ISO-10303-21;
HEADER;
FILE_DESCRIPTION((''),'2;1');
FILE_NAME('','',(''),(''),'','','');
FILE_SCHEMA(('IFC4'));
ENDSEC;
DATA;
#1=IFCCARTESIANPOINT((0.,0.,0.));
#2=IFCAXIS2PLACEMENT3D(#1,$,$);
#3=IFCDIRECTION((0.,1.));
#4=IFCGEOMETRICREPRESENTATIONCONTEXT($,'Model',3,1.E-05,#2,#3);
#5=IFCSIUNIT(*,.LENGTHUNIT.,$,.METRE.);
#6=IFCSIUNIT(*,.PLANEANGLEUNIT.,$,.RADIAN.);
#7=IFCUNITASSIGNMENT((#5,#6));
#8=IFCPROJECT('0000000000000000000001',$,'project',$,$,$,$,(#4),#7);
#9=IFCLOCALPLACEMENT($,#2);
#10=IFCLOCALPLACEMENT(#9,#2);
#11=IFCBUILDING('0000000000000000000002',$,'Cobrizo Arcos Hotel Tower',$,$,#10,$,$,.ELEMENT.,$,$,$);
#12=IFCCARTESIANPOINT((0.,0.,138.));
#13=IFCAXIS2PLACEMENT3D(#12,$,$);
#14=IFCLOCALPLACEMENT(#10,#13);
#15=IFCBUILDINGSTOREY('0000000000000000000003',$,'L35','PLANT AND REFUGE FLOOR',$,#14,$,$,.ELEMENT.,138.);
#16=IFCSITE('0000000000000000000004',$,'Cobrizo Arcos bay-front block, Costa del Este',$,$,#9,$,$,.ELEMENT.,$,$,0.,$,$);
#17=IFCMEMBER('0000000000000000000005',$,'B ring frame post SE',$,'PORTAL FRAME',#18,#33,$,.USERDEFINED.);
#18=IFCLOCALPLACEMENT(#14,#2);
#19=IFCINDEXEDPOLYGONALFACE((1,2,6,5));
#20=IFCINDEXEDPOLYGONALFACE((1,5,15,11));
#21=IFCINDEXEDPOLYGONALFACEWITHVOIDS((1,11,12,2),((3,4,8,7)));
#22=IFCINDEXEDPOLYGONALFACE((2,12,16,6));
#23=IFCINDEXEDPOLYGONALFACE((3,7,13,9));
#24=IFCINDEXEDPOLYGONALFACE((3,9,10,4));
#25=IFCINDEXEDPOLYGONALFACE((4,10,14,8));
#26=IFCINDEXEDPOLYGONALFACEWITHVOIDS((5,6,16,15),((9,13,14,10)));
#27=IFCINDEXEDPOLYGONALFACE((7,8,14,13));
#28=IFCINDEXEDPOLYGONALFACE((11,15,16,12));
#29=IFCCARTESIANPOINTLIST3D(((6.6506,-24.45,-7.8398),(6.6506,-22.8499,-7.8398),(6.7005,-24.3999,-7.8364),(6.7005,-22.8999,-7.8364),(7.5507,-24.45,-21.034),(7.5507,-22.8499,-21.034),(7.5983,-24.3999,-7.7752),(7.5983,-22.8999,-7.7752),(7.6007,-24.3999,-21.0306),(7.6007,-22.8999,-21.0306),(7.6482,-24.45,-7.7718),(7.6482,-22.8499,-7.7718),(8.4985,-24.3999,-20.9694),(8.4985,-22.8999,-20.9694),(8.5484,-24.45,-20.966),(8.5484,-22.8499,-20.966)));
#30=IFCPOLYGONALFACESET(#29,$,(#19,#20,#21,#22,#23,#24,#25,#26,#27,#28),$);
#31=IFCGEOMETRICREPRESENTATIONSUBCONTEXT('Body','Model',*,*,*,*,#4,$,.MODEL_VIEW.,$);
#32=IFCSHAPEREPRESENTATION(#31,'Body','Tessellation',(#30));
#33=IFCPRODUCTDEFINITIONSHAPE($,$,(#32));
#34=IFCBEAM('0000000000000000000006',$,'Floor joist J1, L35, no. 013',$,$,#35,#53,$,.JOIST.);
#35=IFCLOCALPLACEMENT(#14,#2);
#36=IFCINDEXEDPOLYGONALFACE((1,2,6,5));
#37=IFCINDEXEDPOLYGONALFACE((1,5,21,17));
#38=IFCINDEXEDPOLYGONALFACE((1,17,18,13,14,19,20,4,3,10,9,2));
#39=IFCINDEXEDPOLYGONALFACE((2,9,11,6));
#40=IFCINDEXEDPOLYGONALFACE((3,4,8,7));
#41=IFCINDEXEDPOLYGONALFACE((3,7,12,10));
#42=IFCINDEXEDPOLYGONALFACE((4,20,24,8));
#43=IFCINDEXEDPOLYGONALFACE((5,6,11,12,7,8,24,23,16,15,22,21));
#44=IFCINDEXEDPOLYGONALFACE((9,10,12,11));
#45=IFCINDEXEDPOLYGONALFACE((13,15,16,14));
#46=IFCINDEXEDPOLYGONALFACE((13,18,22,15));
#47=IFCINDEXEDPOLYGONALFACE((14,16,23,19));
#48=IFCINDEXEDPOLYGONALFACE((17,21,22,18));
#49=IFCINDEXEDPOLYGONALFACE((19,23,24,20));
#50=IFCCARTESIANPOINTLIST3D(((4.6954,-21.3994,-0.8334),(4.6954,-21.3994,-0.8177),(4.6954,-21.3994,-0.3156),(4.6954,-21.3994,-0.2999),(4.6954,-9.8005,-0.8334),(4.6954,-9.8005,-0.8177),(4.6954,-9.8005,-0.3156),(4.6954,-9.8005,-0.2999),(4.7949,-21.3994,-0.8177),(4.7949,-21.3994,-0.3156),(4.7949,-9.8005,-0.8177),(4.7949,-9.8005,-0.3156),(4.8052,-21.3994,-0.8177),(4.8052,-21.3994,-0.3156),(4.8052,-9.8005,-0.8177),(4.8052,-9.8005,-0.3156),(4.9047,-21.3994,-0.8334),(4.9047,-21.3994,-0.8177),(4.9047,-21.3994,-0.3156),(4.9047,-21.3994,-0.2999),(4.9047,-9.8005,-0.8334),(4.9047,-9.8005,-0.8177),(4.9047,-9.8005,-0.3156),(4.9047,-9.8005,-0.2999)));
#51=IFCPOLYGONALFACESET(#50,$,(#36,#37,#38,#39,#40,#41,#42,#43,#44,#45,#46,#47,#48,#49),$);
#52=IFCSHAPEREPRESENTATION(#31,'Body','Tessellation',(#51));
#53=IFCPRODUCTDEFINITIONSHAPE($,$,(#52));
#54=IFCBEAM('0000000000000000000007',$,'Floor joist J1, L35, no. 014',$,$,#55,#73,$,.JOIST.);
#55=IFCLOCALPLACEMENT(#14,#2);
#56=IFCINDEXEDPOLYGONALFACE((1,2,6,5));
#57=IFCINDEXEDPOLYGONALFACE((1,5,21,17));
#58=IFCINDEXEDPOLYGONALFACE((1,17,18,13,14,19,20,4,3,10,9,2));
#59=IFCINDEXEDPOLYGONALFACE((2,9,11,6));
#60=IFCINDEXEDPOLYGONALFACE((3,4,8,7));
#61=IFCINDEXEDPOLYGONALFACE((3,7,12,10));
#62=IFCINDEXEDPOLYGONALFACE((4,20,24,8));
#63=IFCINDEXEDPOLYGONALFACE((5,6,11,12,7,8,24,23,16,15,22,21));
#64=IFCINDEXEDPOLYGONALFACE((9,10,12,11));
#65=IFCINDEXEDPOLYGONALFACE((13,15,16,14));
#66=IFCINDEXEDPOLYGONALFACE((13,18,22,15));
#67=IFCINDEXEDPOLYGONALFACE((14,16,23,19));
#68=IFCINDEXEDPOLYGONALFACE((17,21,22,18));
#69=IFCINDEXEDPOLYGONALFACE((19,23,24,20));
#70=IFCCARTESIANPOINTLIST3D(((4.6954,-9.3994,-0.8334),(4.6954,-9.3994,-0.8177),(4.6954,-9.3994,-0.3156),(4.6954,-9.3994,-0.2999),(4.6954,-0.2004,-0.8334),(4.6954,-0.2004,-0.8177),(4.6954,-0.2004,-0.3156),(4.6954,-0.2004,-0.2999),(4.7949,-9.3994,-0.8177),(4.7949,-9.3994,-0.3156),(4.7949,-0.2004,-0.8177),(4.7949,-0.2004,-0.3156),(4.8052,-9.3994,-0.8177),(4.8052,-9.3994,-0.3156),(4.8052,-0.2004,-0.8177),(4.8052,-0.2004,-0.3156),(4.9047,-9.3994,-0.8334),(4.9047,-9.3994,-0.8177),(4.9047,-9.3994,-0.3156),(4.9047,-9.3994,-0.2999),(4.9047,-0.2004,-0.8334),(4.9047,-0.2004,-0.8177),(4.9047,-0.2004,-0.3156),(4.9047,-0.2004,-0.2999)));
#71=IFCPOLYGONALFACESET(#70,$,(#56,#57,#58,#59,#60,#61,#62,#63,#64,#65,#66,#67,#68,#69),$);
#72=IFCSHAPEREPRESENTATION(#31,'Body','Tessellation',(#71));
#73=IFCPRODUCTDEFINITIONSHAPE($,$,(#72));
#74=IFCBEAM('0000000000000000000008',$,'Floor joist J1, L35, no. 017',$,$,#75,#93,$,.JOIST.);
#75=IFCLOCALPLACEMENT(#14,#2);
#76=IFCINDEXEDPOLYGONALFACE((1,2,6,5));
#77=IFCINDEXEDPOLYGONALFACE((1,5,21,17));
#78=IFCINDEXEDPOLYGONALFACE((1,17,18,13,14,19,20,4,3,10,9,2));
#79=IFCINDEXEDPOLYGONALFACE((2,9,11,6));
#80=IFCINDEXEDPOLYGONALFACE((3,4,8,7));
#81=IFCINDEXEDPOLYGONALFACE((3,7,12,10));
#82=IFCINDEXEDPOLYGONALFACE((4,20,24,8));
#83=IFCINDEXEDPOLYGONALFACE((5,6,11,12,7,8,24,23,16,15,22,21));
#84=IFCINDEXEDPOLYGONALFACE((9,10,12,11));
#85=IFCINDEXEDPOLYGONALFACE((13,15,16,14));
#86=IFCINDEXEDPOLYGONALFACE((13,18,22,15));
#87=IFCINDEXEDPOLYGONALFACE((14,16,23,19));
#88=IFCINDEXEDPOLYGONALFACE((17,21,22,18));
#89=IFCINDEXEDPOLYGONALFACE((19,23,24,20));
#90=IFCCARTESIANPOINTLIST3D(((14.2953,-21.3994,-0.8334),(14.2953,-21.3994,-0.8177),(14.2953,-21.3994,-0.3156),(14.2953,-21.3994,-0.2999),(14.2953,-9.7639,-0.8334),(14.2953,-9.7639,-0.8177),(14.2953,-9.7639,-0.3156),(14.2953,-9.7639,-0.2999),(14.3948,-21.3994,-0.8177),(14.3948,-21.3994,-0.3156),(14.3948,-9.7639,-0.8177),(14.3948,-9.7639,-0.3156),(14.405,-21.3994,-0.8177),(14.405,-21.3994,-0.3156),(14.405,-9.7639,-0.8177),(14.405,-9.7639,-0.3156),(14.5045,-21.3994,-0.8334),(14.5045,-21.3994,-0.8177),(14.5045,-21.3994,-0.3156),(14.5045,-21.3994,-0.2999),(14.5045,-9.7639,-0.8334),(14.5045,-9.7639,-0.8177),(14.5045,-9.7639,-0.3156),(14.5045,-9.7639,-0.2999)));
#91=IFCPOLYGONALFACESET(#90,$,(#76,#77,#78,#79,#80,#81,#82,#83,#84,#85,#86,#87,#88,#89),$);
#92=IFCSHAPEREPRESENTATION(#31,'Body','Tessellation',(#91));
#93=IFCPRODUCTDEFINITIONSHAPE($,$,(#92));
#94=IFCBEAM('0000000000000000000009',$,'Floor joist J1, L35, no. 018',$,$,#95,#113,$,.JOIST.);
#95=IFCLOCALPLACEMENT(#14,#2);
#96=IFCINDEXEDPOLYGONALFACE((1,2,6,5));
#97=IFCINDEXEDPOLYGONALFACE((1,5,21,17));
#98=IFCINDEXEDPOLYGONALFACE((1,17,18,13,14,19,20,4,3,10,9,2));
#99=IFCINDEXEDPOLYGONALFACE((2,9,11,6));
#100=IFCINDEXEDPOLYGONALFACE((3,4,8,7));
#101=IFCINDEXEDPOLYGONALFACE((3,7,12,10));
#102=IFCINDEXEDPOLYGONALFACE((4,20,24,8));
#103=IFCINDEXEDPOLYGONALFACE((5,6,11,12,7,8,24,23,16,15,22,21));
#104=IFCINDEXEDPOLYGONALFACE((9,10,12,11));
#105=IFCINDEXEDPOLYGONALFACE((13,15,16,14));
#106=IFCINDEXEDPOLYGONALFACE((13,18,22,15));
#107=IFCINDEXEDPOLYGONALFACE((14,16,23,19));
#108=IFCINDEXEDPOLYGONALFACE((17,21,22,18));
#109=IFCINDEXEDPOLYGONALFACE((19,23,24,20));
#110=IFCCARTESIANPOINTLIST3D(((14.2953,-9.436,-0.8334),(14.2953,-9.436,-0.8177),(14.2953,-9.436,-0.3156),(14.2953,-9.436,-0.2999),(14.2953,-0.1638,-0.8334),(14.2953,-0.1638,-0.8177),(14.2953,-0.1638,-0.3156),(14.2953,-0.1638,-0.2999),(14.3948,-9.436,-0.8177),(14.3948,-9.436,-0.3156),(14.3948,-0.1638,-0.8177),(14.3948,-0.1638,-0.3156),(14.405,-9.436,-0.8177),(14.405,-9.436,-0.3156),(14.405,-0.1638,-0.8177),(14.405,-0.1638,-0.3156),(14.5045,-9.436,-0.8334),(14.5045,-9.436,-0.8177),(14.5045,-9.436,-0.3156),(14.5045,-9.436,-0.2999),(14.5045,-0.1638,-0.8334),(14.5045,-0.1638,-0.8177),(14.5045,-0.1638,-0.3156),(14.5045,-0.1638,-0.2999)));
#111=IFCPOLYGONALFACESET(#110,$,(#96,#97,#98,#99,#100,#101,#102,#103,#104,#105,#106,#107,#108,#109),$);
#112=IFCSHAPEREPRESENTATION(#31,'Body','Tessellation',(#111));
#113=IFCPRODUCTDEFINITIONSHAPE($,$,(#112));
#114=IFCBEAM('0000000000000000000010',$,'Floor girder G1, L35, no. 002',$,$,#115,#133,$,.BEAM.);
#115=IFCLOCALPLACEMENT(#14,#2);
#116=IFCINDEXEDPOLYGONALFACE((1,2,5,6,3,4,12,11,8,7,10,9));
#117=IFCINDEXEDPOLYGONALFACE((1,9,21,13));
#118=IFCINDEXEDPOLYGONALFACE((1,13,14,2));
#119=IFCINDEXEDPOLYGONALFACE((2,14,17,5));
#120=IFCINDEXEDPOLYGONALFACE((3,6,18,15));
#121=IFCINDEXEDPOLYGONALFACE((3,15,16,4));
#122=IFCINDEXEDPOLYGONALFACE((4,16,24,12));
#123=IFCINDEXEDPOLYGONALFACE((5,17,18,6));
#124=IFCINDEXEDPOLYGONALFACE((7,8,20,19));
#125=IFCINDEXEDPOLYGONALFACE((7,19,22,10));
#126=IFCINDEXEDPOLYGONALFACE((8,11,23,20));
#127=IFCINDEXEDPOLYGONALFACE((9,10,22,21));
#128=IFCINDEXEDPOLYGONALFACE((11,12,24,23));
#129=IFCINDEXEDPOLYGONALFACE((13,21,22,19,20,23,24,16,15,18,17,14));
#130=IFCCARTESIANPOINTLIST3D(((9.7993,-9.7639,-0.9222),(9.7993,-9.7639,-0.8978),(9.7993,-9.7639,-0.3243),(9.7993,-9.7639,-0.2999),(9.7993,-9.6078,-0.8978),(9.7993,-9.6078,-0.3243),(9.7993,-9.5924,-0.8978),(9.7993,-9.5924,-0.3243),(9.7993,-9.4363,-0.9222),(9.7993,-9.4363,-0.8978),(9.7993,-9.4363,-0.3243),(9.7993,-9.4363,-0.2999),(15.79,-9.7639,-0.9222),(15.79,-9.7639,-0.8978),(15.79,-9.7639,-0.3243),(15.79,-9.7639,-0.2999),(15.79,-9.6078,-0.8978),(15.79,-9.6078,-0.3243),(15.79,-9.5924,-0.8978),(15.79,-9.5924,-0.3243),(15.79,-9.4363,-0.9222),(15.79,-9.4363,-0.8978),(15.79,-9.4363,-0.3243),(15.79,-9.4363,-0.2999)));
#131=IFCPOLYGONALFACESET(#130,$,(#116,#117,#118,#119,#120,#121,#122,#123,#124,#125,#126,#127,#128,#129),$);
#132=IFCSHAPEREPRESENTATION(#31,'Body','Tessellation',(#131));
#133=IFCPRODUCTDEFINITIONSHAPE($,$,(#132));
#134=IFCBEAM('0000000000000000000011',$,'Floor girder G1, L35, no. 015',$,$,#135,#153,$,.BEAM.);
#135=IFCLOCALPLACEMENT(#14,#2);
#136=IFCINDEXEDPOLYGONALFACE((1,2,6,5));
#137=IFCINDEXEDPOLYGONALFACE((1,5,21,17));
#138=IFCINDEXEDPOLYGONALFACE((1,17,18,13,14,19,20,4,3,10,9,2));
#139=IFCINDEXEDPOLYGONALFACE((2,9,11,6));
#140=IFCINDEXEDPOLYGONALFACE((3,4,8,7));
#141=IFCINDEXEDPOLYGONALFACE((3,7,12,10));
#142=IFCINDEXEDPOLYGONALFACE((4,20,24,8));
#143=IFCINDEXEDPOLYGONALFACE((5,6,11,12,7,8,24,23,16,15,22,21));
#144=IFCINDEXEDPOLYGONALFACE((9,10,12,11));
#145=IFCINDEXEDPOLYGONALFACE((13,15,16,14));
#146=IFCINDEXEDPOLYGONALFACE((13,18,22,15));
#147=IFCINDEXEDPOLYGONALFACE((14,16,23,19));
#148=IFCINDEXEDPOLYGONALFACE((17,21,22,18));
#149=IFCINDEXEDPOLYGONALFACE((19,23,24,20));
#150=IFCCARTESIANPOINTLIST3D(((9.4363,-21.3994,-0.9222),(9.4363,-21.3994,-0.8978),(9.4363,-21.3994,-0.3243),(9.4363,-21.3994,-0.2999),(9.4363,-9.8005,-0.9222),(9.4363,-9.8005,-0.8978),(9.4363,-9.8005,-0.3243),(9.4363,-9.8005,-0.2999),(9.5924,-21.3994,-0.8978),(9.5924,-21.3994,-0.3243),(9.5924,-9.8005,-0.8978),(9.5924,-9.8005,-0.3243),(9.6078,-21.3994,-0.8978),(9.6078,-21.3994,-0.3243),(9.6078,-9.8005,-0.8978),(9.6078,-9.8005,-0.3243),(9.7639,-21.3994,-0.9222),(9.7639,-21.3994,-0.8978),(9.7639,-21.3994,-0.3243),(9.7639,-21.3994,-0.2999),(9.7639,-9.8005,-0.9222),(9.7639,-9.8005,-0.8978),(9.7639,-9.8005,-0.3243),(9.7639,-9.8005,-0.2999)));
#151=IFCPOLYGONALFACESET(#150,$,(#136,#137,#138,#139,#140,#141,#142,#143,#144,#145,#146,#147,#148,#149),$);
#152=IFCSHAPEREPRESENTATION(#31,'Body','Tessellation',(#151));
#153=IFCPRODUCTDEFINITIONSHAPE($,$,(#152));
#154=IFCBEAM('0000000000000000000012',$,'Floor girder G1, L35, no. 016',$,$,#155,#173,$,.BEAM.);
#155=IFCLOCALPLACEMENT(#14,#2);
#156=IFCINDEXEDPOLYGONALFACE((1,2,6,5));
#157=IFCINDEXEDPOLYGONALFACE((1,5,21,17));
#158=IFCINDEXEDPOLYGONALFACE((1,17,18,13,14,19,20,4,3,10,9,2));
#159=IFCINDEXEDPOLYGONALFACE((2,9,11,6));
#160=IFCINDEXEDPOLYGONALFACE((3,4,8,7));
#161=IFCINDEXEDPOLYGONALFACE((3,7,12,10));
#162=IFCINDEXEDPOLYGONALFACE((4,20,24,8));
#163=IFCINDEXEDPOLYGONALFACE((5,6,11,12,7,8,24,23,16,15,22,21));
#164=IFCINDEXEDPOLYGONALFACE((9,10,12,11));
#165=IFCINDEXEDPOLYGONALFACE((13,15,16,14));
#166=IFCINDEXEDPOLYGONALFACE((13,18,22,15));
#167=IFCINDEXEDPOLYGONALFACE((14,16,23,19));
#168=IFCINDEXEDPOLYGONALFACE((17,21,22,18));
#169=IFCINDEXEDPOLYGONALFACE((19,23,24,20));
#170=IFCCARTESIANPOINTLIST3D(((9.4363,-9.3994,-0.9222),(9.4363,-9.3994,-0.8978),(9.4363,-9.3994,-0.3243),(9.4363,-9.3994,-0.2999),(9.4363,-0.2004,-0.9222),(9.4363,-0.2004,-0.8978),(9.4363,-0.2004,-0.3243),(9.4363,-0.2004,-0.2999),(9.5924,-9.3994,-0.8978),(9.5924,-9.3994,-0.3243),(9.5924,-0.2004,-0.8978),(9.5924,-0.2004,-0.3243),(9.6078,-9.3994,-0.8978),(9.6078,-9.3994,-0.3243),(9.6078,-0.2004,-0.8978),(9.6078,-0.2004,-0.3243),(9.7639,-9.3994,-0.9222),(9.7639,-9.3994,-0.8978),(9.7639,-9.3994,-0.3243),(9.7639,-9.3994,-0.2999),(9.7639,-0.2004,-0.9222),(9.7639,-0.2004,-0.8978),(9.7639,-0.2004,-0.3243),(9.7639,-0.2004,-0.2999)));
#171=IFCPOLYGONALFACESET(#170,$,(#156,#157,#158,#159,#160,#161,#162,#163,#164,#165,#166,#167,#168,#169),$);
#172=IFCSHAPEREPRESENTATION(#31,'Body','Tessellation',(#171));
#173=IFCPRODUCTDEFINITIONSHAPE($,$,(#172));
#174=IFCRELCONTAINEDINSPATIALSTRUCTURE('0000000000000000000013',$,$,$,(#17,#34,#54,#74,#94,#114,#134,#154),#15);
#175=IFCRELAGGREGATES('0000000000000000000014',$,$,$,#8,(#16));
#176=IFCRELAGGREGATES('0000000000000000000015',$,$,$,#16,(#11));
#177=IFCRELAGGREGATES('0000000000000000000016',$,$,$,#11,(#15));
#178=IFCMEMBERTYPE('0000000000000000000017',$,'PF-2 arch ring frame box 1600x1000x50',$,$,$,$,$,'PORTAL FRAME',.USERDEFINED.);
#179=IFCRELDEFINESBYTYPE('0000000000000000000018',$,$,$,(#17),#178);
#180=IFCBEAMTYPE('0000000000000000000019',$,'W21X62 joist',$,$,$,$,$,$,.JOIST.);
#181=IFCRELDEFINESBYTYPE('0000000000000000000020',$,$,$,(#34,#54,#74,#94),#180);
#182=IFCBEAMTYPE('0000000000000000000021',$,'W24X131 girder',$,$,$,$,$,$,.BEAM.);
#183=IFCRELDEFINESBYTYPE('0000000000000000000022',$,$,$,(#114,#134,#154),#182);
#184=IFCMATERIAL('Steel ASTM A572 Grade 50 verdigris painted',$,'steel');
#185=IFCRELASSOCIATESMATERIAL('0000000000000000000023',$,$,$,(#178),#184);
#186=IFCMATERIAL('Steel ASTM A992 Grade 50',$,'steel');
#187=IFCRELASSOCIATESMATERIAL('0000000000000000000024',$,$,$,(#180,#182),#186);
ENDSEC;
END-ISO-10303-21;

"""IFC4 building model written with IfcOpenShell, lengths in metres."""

from ifc_helpers import new_model, si_unit, direction, frame, origin, origin_2d, place, context, subcontext, project, spatial, hollow_rectangle, i_section, extrude, material, material_profile, profile_set, type_object, element, save


model = new_model("IFC4")

# Units and contexts
model_context = context("Model", 3, precision=1e-05, world=origin(), true_north=direction((0.0, 1.0)))
body_context = subcontext(model_context, "Body", "Model", "MODEL_VIEW")
ifc_project = project(units=[si_unit("LENGTHUNIT", "METRE"), si_unit("PLANEANGLEUNIT", "RADIAN")], contexts=[model_context])

# Site, building, storey
site_placement = place(None, origin())
site = spatial("IfcSite", under=ifc_project, at=site_placement, Name="Cobrizo Arcos bay-front block, Costa del Este", CompositionType="ELEMENT", RefElevation=0.0)
building_placement = place(site_placement, origin())
building = spatial("IfcBuilding", under=site, at=building_placement, Name="Cobrizo Arcos Hotel Tower", CompositionType="ELEMENT")
storey_placement = place(building_placement, frame((0.0, 0.0, 138.0)))
storey = spatial("IfcBuildingStorey", under=building, at=storey_placement, Name="L35", Description="PLANT AND REFUGE FLOOR", CompositionType="ELEMENT", Elevation=138.0)

# Member
ifc_material_1 = material(Name="Steel ASTM A572 Grade 50 verdigris painted", Category="steel")
ifc_material_profile_1 = material_profile(ifc_material_1, hollow_rectangle(XDim=1.6001, YDim=1.0, WallThickness=0.05, at=origin_2d()), Name="PF-2 arch ring frame box 1600x1000x50")
ifc_profile_set_1 = profile_set([ifc_material_profile_1], Name="Steel ASTM A572 Grade 50 verdigris painted")
member_type_1 = type_object("IfcMemberType", Name="PF-2 arch ring frame box 1600x1000x50", ElementType="PORTAL FRAME", PredefinedType="USERDEFINED", material=ifc_profile_set_1)
member_1_placement = place(storey_placement, frame((8.0496, -23.6499, -21.0), z_axis=(-0.068065, 0.0, 0.997681), x_axis=(0.0, -1.0, 0.0)))
element("IfcMember", 1, at=member_1_placement, inside=storey, type_object=member_type_1, Name="B ring frame post SE", ObjectType="PORTAL FRAME", PredefinedType="USERDEFINED", context=body_context, shape_type="SweptSolid", body=[
    extrude(hollow_rectangle(XDim=1.6001, YDim=1.0, WallThickness=0.05, at=origin_2d()), origin(), (0.0, 0.0, 1.0), 13.2249),
])

# Beams
ifc_material_2 = material(Name="Steel ASTM A992 Grade 50", Category="steel")
ifc_material_profile_2 = material_profile(ifc_material_2, i_section(OverallWidth=0.2092, OverallDepth=0.5334, WebThickness=0.0103, FlangeThickness=0.0156, at=origin_2d()), Name="W21X62")
ifc_profile_set_2 = profile_set([ifc_material_profile_2], Name="Steel ASTM A992 Grade 50")
beam_type_1 = type_object("IfcBeamType", Name="W21X62 joist", PredefinedType="JOIST", material=ifc_profile_set_2)
beam_1_placement = place(storey_placement, frame((4.8, -21.3994, -0.5667), z_axis=(0.0, 1.0, 0.0), x_axis=(-1.0, 0.0, 0.0)))
element("IfcBeam", 2, at=beam_1_placement, inside=storey, type_object=beam_type_1, Name="Floor joist J1, L35, no. 013", PredefinedType="JOIST", context=body_context, shape_type="SweptSolid", body=[
    extrude(i_section(OverallWidth=0.2092, OverallDepth=0.5334, WebThickness=0.0103, FlangeThickness=0.0156, at=origin_2d()), origin(), (0.0, 0.0, 1.0), 11.5989),
])
beam_2_placement = place(storey_placement, frame((4.8, -9.3994, -0.5667), z_axis=(0.0, 1.0, 0.0), x_axis=(-1.0, 0.0, 0.0)))
element("IfcBeam", 3, at=beam_2_placement, inside=storey, type_object=beam_type_1, Name="Floor joist J1, L35, no. 014", PredefinedType="JOIST", context=body_context, shape_type="SweptSolid", body=[
    extrude(i_section(OverallWidth=0.2092, OverallDepth=0.5334, WebThickness=0.0103, FlangeThickness=0.0156, at=origin_2d()), origin(), (0.0, 0.0, 1.0), 9.199),
])
beam_3_placement = place(storey_placement, frame((14.3999, -21.3994, -0.5667), z_axis=(0.0, 1.0, 0.0), x_axis=(-1.0, 0.0, 0.0)))
element("IfcBeam", 4, at=beam_3_placement, inside=storey, type_object=beam_type_1, Name="Floor joist J1, L35, no. 017", PredefinedType="JOIST", context=body_context, shape_type="SweptSolid", body=[
    extrude(i_section(OverallWidth=0.2092, OverallDepth=0.5334, WebThickness=0.0103, FlangeThickness=0.0156, at=origin_2d()), origin(), (0.0, 0.0, 1.0), 11.6355),
])
beam_4_placement = place(storey_placement, frame((14.3999, -9.436, -0.5667), z_axis=(0.0, 1.0, 0.0), x_axis=(-1.0, 0.0, 0.0)))
element("IfcBeam", 5, at=beam_4_placement, inside=storey, type_object=beam_type_1, Name="Floor joist J1, L35, no. 018", PredefinedType="JOIST", context=body_context, shape_type="SweptSolid", body=[
    extrude(i_section(OverallWidth=0.2092, OverallDepth=0.5334, WebThickness=0.0103, FlangeThickness=0.0156, at=origin_2d()), origin(), (0.0, 0.0, 1.0), 9.2722),
])
ifc_material_profile_3 = material_profile(ifc_material_2, i_section(OverallWidth=0.3276, OverallDepth=0.6223, WebThickness=0.0154, FlangeThickness=0.0244, at=origin_2d()), Name="W24X131")
ifc_profile_set_3 = profile_set([ifc_material_profile_3], Name="Steel ASTM A992 Grade 50")
beam_type_2 = type_object("IfcBeamType", Name="W24X131 girder", PredefinedType="BEAM", material=ifc_profile_set_3)
beam_5_placement = place(storey_placement, frame((9.7993, -9.6001, -0.6111), z_axis=(1.0, 0.0, 0.0), x_axis=(0.0, 1.0, 0.0)))
element("IfcBeam", 6, at=beam_5_placement, inside=storey, type_object=beam_type_2, Name="Floor girder G1, L35, no. 002", PredefinedType="BEAM", context=body_context, shape_type="SweptSolid", body=[
    extrude(i_section(OverallWidth=0.3276, OverallDepth=0.6223, WebThickness=0.0154, FlangeThickness=0.0244, at=origin_2d()), origin(), (0.0, 0.0, 1.0), 5.9907),
])
beam_6_placement = place(storey_placement, frame((9.6001, -21.3994, -0.6111), z_axis=(0.0, 1.0, 0.0), x_axis=(-1.0, 0.0, 0.0)))
element("IfcBeam", 7, at=beam_6_placement, inside=storey, type_object=beam_type_2, Name="Floor girder G1, L35, no. 015", PredefinedType="BEAM", context=body_context, shape_type="SweptSolid", body=[
    extrude(i_section(OverallWidth=0.3276, OverallDepth=0.6223, WebThickness=0.0154, FlangeThickness=0.0244, at=origin_2d()), origin(), (0.0, 0.0, 1.0), 11.5989),
])
beam_7_placement = place(storey_placement, frame((9.6001, -9.3994, -0.6111), z_axis=(0.0, 1.0, 0.0), x_axis=(-1.0, 0.0, 0.0)))
element("IfcBeam", 8, at=beam_7_placement, inside=storey, type_object=beam_type_2, Name="Floor girder G1, L35, no. 016", PredefinedType="BEAM", context=body_context, shape_type="SweptSolid", body=[
    extrude(i_section(OverallWidth=0.3276, OverallDepth=0.6223, WebThickness=0.0154, FlangeThickness=0.0244, at=origin_2d()), origin(), (0.0, 0.0, 1.0), 9.199),
])

save(model, "model.ifc")
